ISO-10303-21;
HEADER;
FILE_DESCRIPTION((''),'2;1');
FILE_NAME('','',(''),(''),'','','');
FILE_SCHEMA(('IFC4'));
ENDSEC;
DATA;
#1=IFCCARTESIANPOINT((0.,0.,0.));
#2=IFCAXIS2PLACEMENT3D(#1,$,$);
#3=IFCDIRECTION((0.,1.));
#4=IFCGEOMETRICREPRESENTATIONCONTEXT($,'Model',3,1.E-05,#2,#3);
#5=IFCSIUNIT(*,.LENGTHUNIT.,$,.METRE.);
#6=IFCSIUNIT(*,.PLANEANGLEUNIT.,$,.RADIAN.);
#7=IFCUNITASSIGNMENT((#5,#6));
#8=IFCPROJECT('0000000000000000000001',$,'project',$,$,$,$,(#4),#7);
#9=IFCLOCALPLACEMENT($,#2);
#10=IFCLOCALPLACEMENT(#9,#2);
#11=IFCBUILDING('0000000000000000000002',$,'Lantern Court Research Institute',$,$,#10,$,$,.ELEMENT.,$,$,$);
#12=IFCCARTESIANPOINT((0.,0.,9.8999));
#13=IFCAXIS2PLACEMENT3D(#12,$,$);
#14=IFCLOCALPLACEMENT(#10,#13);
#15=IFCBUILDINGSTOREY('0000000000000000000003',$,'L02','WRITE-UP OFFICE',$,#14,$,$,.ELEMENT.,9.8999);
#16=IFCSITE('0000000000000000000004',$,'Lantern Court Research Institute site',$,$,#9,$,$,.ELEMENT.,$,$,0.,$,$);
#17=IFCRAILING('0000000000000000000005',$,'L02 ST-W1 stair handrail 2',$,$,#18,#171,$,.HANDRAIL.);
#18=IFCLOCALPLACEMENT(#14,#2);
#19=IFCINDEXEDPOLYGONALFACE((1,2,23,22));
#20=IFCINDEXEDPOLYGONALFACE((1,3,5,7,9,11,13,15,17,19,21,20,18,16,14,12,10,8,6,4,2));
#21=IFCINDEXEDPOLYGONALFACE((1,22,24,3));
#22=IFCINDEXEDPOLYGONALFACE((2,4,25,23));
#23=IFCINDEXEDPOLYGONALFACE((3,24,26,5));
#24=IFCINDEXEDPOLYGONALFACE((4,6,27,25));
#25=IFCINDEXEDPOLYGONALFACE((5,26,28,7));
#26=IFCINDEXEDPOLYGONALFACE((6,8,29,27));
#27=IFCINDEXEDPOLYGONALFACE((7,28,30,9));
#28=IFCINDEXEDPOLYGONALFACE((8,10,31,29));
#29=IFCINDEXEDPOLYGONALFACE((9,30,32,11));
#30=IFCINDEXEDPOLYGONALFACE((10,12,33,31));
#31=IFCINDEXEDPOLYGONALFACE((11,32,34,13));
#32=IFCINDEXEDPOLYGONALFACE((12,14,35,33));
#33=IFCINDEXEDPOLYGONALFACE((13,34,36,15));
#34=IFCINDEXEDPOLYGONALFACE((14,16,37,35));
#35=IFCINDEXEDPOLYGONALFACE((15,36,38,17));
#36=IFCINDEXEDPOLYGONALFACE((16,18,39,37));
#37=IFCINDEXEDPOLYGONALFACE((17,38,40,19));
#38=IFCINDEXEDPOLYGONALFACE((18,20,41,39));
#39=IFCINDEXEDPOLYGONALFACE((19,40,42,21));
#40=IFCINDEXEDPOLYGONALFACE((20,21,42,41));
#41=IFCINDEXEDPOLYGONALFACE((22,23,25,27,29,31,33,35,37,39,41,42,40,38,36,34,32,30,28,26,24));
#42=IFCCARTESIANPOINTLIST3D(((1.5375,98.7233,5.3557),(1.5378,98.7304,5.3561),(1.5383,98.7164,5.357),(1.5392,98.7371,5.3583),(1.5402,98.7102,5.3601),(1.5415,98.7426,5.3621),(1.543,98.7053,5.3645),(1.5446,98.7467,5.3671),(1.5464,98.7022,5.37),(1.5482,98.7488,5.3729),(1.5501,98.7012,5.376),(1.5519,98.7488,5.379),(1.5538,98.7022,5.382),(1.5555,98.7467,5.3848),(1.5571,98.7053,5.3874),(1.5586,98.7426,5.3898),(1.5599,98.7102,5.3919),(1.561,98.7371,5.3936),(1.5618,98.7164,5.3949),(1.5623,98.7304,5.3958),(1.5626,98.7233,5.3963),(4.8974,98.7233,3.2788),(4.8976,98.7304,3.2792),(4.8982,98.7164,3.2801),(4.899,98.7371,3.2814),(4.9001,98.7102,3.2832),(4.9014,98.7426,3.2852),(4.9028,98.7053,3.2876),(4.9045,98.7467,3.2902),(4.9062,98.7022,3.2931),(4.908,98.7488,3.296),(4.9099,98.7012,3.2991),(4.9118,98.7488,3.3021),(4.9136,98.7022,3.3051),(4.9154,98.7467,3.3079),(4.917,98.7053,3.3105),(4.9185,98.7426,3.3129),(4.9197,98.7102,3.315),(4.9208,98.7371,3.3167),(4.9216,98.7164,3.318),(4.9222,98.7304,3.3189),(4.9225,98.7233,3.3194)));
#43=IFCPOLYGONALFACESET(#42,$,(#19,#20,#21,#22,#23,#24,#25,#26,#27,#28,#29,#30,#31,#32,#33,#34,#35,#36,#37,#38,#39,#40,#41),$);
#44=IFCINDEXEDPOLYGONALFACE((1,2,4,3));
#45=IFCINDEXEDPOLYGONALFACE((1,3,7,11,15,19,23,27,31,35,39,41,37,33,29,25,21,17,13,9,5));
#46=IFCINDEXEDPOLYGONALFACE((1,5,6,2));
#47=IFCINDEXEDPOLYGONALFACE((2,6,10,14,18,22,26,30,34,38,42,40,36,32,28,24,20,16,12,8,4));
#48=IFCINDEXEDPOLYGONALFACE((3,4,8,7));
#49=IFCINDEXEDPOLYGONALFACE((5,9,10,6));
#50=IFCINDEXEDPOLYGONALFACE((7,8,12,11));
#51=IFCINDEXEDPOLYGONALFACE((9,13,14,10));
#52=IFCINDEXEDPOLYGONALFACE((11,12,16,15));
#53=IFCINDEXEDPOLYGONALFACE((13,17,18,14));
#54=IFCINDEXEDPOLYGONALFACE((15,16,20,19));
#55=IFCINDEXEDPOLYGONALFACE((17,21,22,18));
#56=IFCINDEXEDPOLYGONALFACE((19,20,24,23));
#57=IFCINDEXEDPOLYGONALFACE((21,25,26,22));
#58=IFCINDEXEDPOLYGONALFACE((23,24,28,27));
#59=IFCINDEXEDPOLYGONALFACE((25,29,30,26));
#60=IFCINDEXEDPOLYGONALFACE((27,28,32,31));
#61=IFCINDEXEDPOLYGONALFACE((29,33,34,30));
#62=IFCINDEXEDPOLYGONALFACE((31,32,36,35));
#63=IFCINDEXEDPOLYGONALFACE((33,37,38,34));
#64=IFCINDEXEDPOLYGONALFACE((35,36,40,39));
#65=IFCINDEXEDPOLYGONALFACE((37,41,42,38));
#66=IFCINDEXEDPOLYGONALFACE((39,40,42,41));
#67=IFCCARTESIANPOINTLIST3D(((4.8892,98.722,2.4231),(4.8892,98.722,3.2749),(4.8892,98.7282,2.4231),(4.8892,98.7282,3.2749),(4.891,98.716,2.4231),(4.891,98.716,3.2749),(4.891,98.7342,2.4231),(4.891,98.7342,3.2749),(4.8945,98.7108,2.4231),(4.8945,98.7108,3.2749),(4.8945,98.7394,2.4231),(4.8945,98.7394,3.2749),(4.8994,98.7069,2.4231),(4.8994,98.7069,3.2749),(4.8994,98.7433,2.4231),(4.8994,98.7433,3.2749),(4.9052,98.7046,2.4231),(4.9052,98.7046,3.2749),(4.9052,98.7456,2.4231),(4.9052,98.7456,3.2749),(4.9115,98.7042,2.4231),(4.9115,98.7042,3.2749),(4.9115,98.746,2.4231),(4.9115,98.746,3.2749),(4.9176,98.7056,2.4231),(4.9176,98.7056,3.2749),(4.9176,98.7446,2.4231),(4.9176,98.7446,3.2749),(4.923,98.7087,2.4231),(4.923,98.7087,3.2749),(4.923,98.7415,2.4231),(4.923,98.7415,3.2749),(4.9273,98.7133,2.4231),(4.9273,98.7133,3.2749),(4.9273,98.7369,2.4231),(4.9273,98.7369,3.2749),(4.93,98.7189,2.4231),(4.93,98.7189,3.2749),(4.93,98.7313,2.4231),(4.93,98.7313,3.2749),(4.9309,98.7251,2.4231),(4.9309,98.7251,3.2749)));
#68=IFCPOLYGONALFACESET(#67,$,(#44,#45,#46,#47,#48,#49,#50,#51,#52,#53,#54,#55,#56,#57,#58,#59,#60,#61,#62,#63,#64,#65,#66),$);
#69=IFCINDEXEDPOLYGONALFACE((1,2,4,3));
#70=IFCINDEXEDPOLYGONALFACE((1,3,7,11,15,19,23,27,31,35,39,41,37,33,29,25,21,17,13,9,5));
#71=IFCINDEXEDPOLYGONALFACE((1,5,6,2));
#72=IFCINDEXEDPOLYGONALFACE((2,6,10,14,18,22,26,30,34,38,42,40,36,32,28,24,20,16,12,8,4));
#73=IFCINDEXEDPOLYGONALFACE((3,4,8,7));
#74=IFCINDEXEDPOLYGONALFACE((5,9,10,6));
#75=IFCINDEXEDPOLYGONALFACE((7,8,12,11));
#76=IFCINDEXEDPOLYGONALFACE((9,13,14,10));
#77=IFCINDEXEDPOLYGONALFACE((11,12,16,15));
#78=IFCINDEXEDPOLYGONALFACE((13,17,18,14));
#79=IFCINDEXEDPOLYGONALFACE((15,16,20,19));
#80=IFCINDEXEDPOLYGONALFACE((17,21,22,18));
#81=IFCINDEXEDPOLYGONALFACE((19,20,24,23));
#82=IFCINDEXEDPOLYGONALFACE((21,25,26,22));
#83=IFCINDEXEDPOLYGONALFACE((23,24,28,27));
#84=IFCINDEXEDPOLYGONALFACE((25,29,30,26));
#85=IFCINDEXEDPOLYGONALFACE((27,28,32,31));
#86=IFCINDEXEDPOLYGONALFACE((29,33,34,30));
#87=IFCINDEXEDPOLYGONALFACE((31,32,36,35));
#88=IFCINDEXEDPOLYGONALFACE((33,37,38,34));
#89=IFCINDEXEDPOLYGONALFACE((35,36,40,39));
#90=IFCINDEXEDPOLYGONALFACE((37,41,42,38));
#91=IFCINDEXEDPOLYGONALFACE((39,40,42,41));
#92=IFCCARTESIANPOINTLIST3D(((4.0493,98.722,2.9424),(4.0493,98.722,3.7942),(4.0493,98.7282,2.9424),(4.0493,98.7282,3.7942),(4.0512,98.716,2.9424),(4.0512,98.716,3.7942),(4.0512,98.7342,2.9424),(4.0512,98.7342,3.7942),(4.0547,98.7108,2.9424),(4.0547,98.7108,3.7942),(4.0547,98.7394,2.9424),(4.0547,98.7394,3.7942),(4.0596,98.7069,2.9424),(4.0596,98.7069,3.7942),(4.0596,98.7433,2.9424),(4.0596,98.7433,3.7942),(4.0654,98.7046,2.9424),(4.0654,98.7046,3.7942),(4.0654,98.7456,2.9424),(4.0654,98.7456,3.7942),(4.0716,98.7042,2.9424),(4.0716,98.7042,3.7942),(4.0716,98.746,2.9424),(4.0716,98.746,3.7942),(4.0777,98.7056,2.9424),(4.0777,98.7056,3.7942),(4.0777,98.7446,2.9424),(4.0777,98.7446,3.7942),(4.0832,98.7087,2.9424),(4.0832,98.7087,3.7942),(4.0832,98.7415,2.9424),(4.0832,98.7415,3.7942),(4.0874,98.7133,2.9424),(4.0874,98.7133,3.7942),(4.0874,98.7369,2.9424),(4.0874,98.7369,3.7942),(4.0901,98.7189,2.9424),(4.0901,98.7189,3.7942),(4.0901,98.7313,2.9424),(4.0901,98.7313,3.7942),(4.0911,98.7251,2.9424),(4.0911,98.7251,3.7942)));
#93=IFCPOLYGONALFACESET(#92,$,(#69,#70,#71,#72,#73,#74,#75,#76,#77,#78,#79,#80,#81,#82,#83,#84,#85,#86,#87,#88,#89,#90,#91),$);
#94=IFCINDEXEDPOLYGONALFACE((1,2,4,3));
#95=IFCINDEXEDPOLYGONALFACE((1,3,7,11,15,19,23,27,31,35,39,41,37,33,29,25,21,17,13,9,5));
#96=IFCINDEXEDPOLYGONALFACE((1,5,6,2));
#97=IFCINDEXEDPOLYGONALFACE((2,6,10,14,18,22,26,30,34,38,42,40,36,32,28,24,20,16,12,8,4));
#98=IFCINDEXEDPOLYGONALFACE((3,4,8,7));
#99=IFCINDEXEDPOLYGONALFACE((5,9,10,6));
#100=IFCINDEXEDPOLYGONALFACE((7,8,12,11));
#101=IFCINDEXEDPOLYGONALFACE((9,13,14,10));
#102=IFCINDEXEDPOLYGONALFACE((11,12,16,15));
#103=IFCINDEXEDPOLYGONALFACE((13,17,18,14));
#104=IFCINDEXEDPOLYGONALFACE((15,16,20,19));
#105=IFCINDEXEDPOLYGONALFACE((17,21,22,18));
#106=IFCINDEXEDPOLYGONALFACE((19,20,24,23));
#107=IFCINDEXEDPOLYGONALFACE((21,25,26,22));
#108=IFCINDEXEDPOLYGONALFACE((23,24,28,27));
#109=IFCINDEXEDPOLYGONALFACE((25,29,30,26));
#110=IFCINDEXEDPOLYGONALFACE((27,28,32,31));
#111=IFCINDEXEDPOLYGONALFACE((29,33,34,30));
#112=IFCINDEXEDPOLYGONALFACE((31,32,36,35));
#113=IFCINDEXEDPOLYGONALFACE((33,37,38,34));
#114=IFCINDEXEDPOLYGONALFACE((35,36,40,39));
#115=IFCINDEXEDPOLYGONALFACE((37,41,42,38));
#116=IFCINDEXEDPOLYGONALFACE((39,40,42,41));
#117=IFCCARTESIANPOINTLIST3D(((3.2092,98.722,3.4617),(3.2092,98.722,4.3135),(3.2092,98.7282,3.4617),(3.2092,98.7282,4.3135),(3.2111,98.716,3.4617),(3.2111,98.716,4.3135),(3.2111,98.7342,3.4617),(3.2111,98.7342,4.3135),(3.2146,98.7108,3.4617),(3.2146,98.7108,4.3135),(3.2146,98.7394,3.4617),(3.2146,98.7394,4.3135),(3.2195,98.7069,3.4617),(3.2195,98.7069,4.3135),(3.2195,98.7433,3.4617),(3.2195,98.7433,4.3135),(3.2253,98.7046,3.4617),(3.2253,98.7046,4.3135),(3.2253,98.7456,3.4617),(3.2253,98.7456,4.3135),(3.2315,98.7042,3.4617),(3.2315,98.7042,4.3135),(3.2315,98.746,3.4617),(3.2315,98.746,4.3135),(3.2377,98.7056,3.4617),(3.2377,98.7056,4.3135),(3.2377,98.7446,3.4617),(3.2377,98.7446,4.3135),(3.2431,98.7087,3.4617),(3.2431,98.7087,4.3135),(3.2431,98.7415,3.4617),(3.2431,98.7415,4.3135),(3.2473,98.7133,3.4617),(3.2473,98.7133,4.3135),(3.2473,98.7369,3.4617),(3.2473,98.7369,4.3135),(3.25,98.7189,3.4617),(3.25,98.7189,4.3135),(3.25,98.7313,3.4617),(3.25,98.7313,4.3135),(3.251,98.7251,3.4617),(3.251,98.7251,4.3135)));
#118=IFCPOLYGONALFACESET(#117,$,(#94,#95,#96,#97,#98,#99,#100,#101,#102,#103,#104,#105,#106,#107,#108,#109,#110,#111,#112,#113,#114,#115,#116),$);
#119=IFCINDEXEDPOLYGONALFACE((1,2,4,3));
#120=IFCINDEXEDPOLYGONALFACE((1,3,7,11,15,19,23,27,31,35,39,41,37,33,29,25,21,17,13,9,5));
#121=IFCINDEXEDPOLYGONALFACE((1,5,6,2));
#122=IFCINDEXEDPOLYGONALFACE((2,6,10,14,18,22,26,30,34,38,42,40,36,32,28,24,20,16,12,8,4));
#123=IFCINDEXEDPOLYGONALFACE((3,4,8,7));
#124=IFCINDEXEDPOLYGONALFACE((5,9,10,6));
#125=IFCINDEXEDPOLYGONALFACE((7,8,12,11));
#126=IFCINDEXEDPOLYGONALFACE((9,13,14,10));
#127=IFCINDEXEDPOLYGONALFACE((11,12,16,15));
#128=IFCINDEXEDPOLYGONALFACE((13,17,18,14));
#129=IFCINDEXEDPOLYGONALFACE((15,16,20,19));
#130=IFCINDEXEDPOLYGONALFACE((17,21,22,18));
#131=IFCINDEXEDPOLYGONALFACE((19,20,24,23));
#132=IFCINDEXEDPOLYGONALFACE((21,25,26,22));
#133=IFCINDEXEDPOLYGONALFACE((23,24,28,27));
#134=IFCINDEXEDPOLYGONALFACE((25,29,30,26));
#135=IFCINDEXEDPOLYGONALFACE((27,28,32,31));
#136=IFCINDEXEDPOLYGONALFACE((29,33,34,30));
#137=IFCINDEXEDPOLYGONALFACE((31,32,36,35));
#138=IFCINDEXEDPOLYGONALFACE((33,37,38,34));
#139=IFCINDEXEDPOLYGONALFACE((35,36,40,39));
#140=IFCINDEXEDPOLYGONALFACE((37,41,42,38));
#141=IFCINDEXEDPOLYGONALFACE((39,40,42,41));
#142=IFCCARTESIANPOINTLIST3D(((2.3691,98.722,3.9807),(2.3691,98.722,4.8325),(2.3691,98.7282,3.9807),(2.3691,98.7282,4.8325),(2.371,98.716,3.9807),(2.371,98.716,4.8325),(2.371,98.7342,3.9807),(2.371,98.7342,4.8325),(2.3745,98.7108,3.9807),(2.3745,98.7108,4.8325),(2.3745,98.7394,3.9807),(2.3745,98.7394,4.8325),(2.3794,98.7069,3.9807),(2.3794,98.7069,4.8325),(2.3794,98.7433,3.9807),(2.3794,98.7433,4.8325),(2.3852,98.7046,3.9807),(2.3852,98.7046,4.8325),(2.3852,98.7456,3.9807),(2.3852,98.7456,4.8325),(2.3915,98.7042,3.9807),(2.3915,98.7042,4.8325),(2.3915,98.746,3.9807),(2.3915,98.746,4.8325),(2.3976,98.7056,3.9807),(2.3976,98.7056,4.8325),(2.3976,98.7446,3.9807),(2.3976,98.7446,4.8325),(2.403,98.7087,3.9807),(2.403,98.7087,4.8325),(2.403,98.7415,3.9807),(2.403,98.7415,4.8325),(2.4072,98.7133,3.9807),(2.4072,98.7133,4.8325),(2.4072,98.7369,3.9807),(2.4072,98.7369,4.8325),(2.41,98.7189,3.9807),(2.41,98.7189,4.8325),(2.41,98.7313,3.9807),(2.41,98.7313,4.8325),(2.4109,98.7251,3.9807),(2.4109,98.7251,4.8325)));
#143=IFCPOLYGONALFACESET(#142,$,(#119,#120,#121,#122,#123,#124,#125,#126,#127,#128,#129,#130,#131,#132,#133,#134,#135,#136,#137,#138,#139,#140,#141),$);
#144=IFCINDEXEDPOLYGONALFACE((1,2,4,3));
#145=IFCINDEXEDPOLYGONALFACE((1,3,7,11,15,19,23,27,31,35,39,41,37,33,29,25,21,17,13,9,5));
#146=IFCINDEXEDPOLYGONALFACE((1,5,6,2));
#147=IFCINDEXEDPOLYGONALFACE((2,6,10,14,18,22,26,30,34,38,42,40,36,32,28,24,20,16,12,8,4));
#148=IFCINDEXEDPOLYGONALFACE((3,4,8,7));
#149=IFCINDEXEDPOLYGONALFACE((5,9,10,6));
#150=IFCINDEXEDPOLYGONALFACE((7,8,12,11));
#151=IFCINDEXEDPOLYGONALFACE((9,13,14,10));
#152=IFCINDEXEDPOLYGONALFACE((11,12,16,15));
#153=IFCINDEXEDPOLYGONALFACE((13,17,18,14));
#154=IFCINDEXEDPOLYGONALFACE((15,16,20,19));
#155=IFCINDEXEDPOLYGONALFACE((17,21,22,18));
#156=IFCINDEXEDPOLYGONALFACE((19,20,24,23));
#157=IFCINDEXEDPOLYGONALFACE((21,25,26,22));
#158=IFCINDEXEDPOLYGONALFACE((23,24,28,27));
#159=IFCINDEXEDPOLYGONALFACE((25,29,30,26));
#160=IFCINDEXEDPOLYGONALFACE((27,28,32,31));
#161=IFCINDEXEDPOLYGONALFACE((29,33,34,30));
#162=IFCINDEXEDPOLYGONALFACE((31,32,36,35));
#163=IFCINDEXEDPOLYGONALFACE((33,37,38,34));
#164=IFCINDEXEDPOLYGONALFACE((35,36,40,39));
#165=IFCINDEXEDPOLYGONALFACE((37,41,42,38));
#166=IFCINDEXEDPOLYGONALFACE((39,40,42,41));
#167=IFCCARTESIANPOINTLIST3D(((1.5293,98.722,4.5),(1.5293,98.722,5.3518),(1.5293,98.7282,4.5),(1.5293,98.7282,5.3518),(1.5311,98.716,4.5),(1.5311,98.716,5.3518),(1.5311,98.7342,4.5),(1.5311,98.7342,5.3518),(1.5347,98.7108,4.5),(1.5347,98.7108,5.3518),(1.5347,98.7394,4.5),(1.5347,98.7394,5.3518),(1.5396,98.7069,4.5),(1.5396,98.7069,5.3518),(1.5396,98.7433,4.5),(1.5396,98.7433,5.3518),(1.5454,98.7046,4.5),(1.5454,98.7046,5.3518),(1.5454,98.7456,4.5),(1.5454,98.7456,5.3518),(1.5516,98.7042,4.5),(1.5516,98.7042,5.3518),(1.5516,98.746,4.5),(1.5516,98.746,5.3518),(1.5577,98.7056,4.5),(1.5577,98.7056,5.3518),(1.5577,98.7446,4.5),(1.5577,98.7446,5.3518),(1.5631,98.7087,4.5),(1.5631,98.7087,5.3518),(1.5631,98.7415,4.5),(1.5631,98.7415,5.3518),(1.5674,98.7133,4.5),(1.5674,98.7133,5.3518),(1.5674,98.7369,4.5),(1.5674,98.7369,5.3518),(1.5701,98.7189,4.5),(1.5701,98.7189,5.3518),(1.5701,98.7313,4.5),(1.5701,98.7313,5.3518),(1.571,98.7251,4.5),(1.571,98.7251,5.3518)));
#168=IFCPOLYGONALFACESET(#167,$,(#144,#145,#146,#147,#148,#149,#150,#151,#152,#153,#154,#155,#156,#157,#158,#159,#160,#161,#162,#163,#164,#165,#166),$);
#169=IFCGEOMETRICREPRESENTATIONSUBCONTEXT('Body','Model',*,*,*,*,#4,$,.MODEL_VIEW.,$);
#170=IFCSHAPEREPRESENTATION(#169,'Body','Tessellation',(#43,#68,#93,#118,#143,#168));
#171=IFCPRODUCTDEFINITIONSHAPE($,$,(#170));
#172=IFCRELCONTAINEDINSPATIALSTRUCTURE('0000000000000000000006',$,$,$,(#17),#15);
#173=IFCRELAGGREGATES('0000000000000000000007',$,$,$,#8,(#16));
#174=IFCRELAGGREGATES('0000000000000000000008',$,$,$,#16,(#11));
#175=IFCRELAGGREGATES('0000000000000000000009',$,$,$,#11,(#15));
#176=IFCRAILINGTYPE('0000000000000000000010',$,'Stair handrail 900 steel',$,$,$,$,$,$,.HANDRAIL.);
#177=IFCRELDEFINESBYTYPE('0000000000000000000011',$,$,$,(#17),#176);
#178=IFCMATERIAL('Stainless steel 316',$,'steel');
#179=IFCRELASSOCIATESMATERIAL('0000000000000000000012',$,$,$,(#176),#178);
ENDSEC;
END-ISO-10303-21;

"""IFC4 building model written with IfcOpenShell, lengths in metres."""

from ifc_helpers import new_model, si_unit, direction, frame, origin, origin_2d, place, context, subcontext, project, spatial, circle, extrude, material, type_object, element, save


model = new_model("IFC4")

# Units and contexts
model_context = context("Model", 3, precision=1e-05, world=origin(), true_north=direction((0.0, 1.0)))
body_context = subcontext(model_context, "Body", "Model", "MODEL_VIEW")
ifc_project = project(units=[si_unit("LENGTHUNIT", "METRE"), si_unit("PLANEANGLEUNIT", "RADIAN")], contexts=[model_context])

# Site, building, storey
site_placement = place(None, origin())
site = spatial("IfcSite", under=ifc_project, at=site_placement, Name="Lantern Court Research Institute site", CompositionType="ELEMENT", RefElevation=0.0)
building_placement = place(site_placement, origin())
building = spatial("IfcBuilding", under=site, at=building_placement, Name="Lantern Court Research Institute", CompositionType="ELEMENT")
storey_placement = place(building_placement, frame((0.0, 0.0, 9.8999)))
storey = spatial("IfcBuildingStorey", under=building, at=storey_placement, Name="L02", Description="WRITE-UP OFFICE", CompositionType="ELEMENT", Elevation=9.8999)

# Railing
ifc_material_1 = material(Name="Stainless steel 316", Category="steel")
railing_type_1 = type_object("IfcRailingType", Name="Stair handrail 900 steel", PredefinedType="HANDRAIL", material=ifc_material_1)
railing_1_placement = place(storey_placement, frame((4.9099, 98.7251, 2.4231)))
element("IfcRailing", 1, at=railing_1_placement, inside=storey, type_object=railing_type_1, Name="L02 ST-W1 stair handrail 2", PredefinedType="HANDRAIL", context=body_context, shape_type="SweptSolid", body=[
    extrude(circle(Radius=0.0239, at=origin_2d()), frame((0.0, 0.0, 0.876), z_axis=(-0.850606, 0.0, 0.525803), x_axis=(0.0, -1.0, 0.0)), (0.0, 0.0, 1.0), 3.95),
    extrude(circle(Radius=0.021, at=origin_2d()), origin(), (0.0, 0.0, 1.0), 0.8518),
    extrude(circle(Radius=0.021, at=origin_2d()), frame((-0.8398, 0.0, 0.5193)), (0.0, 0.0, 1.0), 0.8518),
    extrude(circle(Radius=0.021, at=origin_2d()), frame((-1.6799, 0.0, 1.0386)), (0.0, 0.0, 1.0), 0.8518),
    extrude(circle(Radius=0.021, at=origin_2d()), frame((-2.52, 0.0, 1.5576)), (0.0, 0.0, 1.0), 0.8518),
    extrude(circle(Radius=0.021, at=origin_2d()), frame((-3.3599, 0.0, 2.0769)), (0.0, 0.0, 1.0), 0.8518),
])

save(model, "model.ifc")
